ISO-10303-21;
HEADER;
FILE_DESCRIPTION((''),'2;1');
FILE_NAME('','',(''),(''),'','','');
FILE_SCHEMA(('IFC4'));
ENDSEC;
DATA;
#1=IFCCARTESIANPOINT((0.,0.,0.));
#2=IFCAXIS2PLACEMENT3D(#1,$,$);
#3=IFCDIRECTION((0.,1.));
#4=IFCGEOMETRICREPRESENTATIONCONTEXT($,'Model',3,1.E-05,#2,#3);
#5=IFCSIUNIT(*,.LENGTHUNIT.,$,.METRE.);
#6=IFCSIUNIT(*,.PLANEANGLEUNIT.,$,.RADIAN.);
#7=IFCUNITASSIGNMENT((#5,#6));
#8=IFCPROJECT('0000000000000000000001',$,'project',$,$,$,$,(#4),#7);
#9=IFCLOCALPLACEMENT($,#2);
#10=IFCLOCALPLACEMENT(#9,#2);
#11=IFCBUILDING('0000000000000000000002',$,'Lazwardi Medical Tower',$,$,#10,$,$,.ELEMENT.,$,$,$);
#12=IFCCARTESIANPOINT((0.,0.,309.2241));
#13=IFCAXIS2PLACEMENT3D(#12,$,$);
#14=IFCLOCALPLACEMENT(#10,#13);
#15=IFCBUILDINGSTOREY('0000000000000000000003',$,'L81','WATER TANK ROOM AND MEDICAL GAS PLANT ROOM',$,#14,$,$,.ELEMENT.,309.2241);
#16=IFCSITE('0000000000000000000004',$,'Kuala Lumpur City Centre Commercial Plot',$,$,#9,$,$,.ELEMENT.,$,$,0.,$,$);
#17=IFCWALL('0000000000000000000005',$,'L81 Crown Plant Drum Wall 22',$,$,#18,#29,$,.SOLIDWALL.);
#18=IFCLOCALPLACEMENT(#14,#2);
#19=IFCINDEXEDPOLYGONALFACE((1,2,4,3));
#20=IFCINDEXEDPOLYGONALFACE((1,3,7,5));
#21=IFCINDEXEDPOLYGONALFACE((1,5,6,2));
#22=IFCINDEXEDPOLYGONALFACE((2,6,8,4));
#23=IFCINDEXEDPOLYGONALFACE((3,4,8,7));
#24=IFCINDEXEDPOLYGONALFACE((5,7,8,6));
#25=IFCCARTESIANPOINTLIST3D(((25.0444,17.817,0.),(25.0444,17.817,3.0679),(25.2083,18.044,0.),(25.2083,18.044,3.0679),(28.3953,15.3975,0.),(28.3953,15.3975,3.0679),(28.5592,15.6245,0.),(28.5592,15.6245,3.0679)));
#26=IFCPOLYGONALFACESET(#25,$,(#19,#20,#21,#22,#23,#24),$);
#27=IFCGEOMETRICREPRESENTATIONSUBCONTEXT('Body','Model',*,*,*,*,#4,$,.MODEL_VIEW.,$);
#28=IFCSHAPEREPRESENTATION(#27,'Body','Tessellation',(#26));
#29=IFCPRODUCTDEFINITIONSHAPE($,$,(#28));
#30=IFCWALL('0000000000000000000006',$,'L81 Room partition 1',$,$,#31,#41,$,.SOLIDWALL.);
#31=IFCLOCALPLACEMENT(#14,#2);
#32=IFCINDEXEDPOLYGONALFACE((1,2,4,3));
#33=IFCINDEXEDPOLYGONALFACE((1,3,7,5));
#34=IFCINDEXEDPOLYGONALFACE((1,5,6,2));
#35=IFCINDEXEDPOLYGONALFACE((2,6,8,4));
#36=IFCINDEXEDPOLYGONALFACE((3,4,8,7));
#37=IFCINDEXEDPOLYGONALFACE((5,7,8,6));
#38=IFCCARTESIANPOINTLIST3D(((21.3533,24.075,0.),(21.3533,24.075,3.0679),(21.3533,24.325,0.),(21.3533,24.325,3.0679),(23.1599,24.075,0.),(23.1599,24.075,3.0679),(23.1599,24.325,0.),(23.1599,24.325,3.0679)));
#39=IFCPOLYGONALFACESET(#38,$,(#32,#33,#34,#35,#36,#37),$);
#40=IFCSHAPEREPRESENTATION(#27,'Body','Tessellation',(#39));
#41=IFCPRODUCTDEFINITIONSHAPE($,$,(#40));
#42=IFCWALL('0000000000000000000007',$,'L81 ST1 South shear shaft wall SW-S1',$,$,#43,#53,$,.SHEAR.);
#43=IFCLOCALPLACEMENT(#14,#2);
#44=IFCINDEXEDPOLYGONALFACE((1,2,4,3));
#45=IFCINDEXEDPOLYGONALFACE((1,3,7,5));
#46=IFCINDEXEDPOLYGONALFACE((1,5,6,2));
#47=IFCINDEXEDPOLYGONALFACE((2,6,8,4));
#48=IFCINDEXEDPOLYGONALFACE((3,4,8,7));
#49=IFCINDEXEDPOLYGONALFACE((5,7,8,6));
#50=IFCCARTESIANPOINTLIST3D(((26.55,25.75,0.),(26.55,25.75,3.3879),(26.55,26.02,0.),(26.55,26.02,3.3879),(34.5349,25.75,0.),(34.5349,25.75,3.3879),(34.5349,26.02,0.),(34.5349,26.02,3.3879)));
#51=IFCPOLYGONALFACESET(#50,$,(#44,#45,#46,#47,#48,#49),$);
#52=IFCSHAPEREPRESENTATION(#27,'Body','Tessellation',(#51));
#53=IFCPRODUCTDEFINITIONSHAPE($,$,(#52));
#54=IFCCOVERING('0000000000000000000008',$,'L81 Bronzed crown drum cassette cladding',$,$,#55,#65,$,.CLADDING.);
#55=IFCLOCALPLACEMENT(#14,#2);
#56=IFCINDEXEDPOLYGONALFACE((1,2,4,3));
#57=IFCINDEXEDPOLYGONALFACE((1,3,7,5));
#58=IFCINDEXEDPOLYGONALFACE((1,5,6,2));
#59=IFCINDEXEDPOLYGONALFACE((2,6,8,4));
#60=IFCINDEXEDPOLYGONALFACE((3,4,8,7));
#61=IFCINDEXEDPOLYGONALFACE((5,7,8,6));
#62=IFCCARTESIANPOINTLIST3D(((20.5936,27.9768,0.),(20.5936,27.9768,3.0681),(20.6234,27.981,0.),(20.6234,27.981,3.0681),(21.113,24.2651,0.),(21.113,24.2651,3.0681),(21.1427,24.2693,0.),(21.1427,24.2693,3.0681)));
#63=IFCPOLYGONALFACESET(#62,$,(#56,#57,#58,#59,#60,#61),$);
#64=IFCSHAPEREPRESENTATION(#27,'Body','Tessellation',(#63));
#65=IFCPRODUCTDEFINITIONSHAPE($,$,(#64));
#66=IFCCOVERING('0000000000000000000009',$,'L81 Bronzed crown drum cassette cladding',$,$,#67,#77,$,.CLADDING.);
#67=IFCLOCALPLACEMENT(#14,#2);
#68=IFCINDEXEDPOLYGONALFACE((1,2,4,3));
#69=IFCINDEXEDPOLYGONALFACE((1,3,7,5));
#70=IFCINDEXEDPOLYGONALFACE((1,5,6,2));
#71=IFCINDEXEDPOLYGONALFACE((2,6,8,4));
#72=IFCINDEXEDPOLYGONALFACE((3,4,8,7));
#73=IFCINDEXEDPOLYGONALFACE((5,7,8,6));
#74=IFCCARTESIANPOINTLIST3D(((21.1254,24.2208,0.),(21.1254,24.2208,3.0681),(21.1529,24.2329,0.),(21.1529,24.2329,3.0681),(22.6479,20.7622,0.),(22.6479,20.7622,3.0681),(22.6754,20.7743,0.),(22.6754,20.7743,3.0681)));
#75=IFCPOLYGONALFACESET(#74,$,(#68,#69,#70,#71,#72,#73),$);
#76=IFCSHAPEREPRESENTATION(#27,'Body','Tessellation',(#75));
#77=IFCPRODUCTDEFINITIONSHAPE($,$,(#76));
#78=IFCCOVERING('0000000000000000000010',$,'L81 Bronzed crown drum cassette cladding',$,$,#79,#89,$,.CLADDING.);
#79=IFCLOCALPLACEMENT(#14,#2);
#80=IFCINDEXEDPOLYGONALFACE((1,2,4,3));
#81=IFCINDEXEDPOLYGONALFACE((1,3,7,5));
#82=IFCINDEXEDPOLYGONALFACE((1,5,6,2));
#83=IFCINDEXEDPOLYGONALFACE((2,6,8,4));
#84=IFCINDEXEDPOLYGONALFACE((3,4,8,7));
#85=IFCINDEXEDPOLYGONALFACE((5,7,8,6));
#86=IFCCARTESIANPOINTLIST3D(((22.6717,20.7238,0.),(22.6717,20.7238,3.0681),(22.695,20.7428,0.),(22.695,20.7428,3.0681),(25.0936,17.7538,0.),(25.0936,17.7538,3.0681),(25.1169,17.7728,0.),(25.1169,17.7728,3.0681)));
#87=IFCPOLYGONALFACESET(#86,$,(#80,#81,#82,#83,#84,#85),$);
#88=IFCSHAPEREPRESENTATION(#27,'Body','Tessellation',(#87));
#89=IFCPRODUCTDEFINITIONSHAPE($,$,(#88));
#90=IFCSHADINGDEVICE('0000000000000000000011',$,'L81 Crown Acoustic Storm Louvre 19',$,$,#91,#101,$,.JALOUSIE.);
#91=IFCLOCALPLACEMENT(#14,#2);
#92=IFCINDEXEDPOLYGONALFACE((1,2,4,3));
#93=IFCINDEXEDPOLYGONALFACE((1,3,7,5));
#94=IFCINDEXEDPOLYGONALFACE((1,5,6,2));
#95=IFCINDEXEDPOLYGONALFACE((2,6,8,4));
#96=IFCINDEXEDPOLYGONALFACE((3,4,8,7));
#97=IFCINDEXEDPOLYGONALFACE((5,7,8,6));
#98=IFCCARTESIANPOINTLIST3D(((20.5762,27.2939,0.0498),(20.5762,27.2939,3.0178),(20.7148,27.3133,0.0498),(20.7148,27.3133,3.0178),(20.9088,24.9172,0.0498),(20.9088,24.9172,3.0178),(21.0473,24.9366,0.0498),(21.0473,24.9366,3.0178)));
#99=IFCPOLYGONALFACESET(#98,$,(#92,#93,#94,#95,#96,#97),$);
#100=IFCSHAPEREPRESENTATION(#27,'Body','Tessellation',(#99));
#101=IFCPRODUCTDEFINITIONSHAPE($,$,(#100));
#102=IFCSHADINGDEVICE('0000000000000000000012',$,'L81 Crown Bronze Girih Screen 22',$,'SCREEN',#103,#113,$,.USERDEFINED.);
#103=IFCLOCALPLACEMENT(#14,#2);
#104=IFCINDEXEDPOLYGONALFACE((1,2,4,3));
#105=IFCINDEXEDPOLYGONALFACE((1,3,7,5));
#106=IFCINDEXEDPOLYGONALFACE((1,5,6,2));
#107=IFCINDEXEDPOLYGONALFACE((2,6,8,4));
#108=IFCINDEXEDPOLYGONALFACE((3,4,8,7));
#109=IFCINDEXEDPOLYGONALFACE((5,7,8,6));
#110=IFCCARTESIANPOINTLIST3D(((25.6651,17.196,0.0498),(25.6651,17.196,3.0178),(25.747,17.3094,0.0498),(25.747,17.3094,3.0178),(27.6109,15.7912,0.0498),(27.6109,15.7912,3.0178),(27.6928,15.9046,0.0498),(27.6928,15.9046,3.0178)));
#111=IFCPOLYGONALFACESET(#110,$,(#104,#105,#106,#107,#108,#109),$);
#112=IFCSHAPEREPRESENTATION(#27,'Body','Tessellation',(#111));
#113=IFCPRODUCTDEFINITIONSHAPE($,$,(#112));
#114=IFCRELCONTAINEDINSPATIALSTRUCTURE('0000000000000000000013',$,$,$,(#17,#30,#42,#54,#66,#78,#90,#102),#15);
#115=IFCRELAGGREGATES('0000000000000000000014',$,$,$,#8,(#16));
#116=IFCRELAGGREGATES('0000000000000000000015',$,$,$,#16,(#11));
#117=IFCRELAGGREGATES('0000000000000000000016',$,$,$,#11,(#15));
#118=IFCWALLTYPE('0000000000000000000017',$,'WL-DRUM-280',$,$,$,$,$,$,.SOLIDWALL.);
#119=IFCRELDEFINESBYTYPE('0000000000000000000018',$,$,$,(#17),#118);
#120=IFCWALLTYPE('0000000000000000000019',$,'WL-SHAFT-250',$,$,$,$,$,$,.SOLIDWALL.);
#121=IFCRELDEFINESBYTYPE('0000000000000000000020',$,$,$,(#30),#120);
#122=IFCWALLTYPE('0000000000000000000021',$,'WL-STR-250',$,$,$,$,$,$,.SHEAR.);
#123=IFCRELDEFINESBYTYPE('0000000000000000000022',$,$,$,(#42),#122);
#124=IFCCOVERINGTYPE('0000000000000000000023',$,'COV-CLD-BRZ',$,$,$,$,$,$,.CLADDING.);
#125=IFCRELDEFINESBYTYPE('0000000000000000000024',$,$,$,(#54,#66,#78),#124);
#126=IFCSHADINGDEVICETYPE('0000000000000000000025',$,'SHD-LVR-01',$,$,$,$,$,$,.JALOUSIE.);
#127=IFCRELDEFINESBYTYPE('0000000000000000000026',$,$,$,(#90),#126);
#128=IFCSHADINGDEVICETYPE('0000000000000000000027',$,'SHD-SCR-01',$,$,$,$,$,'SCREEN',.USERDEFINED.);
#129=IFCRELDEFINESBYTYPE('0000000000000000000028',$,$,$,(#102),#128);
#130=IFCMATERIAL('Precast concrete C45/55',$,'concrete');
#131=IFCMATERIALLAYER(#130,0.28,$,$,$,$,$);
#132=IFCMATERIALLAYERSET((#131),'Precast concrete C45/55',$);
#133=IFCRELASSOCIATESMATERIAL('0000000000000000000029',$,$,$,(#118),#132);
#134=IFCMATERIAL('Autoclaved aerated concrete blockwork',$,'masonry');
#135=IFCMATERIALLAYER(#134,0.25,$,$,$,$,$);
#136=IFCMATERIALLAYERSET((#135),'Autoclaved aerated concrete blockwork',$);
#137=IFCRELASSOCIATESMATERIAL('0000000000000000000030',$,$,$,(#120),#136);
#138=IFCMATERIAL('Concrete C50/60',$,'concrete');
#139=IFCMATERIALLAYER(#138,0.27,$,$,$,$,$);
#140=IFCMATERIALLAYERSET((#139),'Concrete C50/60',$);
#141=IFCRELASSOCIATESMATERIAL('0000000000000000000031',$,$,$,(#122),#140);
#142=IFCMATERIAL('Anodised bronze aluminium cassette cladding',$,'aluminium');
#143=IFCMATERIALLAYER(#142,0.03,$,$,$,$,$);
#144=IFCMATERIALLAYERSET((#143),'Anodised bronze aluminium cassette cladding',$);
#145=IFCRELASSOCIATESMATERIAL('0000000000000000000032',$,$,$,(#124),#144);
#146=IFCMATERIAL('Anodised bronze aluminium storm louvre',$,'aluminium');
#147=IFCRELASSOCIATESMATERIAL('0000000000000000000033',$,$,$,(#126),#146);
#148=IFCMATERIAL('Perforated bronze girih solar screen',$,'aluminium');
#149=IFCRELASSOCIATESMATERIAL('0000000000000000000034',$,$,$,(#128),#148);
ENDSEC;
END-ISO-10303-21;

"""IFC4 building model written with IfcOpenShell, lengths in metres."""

from ifc_helpers import new_model, si_unit, direction, frame, frame_2d, origin, origin_2d, place, context, subcontext, project, spatial, rectangle, extrude, material, layer, layer_set, type_object, element, save


model = new_model("IFC4")

# Units and contexts
model_context = context("Model", 3, precision=1e-05, world=origin(), true_north=direction((0.0, 1.0)))
body_context = subcontext(model_context, "Body", "Model", "MODEL_VIEW")
ifc_project = project(units=[si_unit("LENGTHUNIT", "METRE"), si_unit("PLANEANGLEUNIT", "RADIAN")], contexts=[model_context])

# Site, building, storey
site_placement = place(None, origin())
site = spatial("IfcSite", under=ifc_project, at=site_placement, Name="Kuala Lumpur City Centre Commercial Plot", CompositionType="ELEMENT", RefElevation=0.0)
building_placement = place(site_placement, origin())
building = spatial("IfcBuilding", under=site, at=building_placement, Name="Lazwardi Medical Tower", CompositionType="ELEMENT")
storey_placement = place(building_placement, frame((0.0, 0.0, 309.2241)))
storey = spatial("IfcBuildingStorey", under=building, at=storey_placement, Name="L81", Description="WATER TANK ROOM AND MEDICAL GAS PLANT ROOM", CompositionType="ELEMENT", Elevation=309.2241)

# Shared definitions
ifc_material_1 = material(Name="Concrete C50/60", Category="concrete")

# Walls
ifc_material_2 = material(Name="Precast concrete C45/55", Category="concrete")
ifc_layer_1 = layer(ifc_material_2, 0.28)
ifc_layer_set_1 = layer_set([ifc_layer_1], Name="Precast concrete C45/55")
wall_type_1 = type_object("IfcWallType", Name="WL-DRUM-280", PredefinedType="SOLIDWALL", material=ifc_layer_set_1)
wall_1_placement = place(storey_placement, frame((25.1265, 17.9304, 0.0), z_axis=(0.0, 0.0, 1.0), x_axis=(0.810749, -0.585393, 0.0)))
element("IfcWall", 1, at=wall_1_placement, inside=storey, type_object=wall_type_1, Name="L81 Crown Plant Drum Wall 22", PredefinedType="SOLIDWALL", context=body_context, shape_type="SweptSolid", body=[
    extrude(rectangle(XDim=4.1331, YDim=0.28, at=frame_2d((2.0664, 0.0))), origin(), (0.0, 0.0, 1.0), 3.0679),
])
ifc_material_3 = material(Name="Autoclaved aerated concrete blockwork", Category="masonry")
ifc_layer_2 = layer(ifc_material_3, 0.25)
ifc_layer_set_2 = layer_set([ifc_layer_2], Name="Autoclaved aerated concrete blockwork")
wall_type_2 = type_object("IfcWallType", Name="WL-SHAFT-250", PredefinedType="SOLIDWALL", material=ifc_layer_set_2)
wall_2_placement = place(storey_placement, frame((21.3533, 24.2, 0.0), z_axis=(0.0, 0.0, 1.0), x_axis=(1.0, 0.0, 0.0)))
element("IfcWall", 2, at=wall_2_placement, inside=storey, type_object=wall_type_2, Name="L81 Room partition 1", PredefinedType="SOLIDWALL", context=body_context, shape_type="SweptSolid", body=[
    extrude(rectangle(XDim=1.8066, YDim=0.25, at=frame_2d((0.9033, 0.0))), origin(), (0.0, 0.0, 1.0), 3.0679),
])
ifc_layer_3 = layer(ifc_material_1, 0.27)
ifc_layer_set_3 = layer_set([ifc_layer_3], Name="Concrete C50/60")
wall_type_3 = type_object("IfcWallType", Name="WL-STR-250", PredefinedType="SHEAR", material=ifc_layer_set_3)
wall_3_placement = place(storey_placement, frame((26.55, 25.885, 0.0), z_axis=(0.0, 0.0, 1.0), x_axis=(1.0, 0.0, 0.0)))
element("IfcWall", 3, at=wall_3_placement, inside=storey, type_object=wall_type_3, Name="L81 ST1 South shear shaft wall SW-S1", PredefinedType="SHEAR", context=body_context, shape_type="SweptSolid", body=[
    extrude(rectangle(XDim=7.9849, YDim=0.27, at=frame_2d((3.9924, 0.0))), origin(), (0.0, 0.0, 1.0), 3.3879),
])

# Coverings
ifc_material_4 = material(Name="Anodised bronze aluminium cassette cladding", Category="aluminium")
ifc_layer_4 = layer(ifc_material_4, 0.03)
ifc_layer_set_4 = layer_set([ifc_layer_4], Name="Anodised bronze aluminium cassette cladding")
covering_type = type_object("IfcCoveringType", Name="COV-CLD-BRZ", PredefinedType="CLADDING", material=ifc_layer_set_4)
covering_1_placement = place(storey_placement, frame((20.8682, 26.123, 0.0), z_axis=(0.0, 0.0, 1.0), x_axis=(0.138566, -0.990353, 0.0)))
element("IfcCovering", 4, at=covering_1_placement, inside=storey, type_object=covering_type, Name="L81 Bronzed crown drum cassette cladding", PredefinedType="CLADDING", context=body_context, shape_type="SweptSolid", body=[
    extrude(rectangle(XDim=3.7478, YDim=0.03, at=origin_2d()), origin(), (0.0, 0.0, 1.0), 3.0681),
])
covering_2_placement = place(storey_placement, frame((21.9004, 22.4976, 0.0), z_axis=(0.0, 0.0, 1.0), x_axis=(0.402906, -0.915241, 0.0)))
element("IfcCovering", 5, at=covering_2_placement, inside=storey, type_object=covering_type, Name="L81 Bronzed crown drum cassette cladding", PredefinedType="CLADDING", context=body_context, shape_type="SweptSolid", body=[
    extrude(rectangle(XDim=3.7788, YDim=0.03, at=origin_2d()), origin(), (0.0, 0.0, 1.0), 3.0681),
])
covering_3_placement = place(storey_placement, frame((23.8943, 19.2483, 0.0), z_axis=(0.0, 0.0, 1.0), x_axis=(0.631983, -0.774982, 0.0)))
element("IfcCovering", 6, at=covering_3_placement, inside=storey, type_object=covering_type, Name="L81 Bronzed crown drum cassette cladding", PredefinedType="CLADDING", context=body_context, shape_type="SweptSolid", body=[
    extrude(rectangle(XDim=3.8323, YDim=0.03, at=origin_2d()), origin(), (0.0, 0.0, 1.0), 3.0681),
])

# Shading devices
ifc_material_5 = material(Name="Anodised bronze aluminium storm louvre", Category="aluminium")
shading_device_type_1 = type_object("IfcShadingDeviceType", Name="SHD-LVR-01", PredefinedType="JALOUSIE", material=ifc_material_5)
shading_device_1_placement = place(storey_placement, frame((20.8118, 26.1152, 0.0498), z_axis=(0.0, 0.0, 1.0), x_axis=(0.138566, -0.990353, 0.0)))
element("IfcShadingDevice", 7, at=shading_device_1_placement, inside=storey, type_object=shading_device_type_1, Name="L81 Crown Acoustic Storm Louvre 19", PredefinedType="JALOUSIE", context=body_context, shape_type="SweptSolid", body=[
    extrude(rectangle(XDim=2.3999, YDim=0.1399, at=origin_2d()), origin(), (0.0, 0.0, 1.0), 2.968),
])
ifc_material_6 = material(Name="Perforated bronze girih solar screen", Category="aluminium")
shading_device_type_2 = type_object("IfcShadingDeviceType", Name="SHD-SCR-01", ElementType="SCREEN", PredefinedType="USERDEFINED", material=ifc_material_6)
shading_device_2_placement = place(storey_placement, frame((26.679, 16.5503, 0.0498), z_axis=(0.0, 0.0, 1.0), x_axis=(0.810758, -0.585381, 0.0)))
element("IfcShadingDevice", 8, at=shading_device_2_placement, inside=storey, type_object=shading_device_type_2, Name="L81 Crown Bronze Girih Screen 22", ObjectType="SCREEN", PredefinedType="USERDEFINED", context=body_context, shape_type="SweptSolid", body=[
    extrude(rectangle(XDim=2.3999, YDim=0.1399, at=origin_2d()), origin(), (0.0, 0.0, 1.0), 2.968),
])

save(model, "model.ifc")
